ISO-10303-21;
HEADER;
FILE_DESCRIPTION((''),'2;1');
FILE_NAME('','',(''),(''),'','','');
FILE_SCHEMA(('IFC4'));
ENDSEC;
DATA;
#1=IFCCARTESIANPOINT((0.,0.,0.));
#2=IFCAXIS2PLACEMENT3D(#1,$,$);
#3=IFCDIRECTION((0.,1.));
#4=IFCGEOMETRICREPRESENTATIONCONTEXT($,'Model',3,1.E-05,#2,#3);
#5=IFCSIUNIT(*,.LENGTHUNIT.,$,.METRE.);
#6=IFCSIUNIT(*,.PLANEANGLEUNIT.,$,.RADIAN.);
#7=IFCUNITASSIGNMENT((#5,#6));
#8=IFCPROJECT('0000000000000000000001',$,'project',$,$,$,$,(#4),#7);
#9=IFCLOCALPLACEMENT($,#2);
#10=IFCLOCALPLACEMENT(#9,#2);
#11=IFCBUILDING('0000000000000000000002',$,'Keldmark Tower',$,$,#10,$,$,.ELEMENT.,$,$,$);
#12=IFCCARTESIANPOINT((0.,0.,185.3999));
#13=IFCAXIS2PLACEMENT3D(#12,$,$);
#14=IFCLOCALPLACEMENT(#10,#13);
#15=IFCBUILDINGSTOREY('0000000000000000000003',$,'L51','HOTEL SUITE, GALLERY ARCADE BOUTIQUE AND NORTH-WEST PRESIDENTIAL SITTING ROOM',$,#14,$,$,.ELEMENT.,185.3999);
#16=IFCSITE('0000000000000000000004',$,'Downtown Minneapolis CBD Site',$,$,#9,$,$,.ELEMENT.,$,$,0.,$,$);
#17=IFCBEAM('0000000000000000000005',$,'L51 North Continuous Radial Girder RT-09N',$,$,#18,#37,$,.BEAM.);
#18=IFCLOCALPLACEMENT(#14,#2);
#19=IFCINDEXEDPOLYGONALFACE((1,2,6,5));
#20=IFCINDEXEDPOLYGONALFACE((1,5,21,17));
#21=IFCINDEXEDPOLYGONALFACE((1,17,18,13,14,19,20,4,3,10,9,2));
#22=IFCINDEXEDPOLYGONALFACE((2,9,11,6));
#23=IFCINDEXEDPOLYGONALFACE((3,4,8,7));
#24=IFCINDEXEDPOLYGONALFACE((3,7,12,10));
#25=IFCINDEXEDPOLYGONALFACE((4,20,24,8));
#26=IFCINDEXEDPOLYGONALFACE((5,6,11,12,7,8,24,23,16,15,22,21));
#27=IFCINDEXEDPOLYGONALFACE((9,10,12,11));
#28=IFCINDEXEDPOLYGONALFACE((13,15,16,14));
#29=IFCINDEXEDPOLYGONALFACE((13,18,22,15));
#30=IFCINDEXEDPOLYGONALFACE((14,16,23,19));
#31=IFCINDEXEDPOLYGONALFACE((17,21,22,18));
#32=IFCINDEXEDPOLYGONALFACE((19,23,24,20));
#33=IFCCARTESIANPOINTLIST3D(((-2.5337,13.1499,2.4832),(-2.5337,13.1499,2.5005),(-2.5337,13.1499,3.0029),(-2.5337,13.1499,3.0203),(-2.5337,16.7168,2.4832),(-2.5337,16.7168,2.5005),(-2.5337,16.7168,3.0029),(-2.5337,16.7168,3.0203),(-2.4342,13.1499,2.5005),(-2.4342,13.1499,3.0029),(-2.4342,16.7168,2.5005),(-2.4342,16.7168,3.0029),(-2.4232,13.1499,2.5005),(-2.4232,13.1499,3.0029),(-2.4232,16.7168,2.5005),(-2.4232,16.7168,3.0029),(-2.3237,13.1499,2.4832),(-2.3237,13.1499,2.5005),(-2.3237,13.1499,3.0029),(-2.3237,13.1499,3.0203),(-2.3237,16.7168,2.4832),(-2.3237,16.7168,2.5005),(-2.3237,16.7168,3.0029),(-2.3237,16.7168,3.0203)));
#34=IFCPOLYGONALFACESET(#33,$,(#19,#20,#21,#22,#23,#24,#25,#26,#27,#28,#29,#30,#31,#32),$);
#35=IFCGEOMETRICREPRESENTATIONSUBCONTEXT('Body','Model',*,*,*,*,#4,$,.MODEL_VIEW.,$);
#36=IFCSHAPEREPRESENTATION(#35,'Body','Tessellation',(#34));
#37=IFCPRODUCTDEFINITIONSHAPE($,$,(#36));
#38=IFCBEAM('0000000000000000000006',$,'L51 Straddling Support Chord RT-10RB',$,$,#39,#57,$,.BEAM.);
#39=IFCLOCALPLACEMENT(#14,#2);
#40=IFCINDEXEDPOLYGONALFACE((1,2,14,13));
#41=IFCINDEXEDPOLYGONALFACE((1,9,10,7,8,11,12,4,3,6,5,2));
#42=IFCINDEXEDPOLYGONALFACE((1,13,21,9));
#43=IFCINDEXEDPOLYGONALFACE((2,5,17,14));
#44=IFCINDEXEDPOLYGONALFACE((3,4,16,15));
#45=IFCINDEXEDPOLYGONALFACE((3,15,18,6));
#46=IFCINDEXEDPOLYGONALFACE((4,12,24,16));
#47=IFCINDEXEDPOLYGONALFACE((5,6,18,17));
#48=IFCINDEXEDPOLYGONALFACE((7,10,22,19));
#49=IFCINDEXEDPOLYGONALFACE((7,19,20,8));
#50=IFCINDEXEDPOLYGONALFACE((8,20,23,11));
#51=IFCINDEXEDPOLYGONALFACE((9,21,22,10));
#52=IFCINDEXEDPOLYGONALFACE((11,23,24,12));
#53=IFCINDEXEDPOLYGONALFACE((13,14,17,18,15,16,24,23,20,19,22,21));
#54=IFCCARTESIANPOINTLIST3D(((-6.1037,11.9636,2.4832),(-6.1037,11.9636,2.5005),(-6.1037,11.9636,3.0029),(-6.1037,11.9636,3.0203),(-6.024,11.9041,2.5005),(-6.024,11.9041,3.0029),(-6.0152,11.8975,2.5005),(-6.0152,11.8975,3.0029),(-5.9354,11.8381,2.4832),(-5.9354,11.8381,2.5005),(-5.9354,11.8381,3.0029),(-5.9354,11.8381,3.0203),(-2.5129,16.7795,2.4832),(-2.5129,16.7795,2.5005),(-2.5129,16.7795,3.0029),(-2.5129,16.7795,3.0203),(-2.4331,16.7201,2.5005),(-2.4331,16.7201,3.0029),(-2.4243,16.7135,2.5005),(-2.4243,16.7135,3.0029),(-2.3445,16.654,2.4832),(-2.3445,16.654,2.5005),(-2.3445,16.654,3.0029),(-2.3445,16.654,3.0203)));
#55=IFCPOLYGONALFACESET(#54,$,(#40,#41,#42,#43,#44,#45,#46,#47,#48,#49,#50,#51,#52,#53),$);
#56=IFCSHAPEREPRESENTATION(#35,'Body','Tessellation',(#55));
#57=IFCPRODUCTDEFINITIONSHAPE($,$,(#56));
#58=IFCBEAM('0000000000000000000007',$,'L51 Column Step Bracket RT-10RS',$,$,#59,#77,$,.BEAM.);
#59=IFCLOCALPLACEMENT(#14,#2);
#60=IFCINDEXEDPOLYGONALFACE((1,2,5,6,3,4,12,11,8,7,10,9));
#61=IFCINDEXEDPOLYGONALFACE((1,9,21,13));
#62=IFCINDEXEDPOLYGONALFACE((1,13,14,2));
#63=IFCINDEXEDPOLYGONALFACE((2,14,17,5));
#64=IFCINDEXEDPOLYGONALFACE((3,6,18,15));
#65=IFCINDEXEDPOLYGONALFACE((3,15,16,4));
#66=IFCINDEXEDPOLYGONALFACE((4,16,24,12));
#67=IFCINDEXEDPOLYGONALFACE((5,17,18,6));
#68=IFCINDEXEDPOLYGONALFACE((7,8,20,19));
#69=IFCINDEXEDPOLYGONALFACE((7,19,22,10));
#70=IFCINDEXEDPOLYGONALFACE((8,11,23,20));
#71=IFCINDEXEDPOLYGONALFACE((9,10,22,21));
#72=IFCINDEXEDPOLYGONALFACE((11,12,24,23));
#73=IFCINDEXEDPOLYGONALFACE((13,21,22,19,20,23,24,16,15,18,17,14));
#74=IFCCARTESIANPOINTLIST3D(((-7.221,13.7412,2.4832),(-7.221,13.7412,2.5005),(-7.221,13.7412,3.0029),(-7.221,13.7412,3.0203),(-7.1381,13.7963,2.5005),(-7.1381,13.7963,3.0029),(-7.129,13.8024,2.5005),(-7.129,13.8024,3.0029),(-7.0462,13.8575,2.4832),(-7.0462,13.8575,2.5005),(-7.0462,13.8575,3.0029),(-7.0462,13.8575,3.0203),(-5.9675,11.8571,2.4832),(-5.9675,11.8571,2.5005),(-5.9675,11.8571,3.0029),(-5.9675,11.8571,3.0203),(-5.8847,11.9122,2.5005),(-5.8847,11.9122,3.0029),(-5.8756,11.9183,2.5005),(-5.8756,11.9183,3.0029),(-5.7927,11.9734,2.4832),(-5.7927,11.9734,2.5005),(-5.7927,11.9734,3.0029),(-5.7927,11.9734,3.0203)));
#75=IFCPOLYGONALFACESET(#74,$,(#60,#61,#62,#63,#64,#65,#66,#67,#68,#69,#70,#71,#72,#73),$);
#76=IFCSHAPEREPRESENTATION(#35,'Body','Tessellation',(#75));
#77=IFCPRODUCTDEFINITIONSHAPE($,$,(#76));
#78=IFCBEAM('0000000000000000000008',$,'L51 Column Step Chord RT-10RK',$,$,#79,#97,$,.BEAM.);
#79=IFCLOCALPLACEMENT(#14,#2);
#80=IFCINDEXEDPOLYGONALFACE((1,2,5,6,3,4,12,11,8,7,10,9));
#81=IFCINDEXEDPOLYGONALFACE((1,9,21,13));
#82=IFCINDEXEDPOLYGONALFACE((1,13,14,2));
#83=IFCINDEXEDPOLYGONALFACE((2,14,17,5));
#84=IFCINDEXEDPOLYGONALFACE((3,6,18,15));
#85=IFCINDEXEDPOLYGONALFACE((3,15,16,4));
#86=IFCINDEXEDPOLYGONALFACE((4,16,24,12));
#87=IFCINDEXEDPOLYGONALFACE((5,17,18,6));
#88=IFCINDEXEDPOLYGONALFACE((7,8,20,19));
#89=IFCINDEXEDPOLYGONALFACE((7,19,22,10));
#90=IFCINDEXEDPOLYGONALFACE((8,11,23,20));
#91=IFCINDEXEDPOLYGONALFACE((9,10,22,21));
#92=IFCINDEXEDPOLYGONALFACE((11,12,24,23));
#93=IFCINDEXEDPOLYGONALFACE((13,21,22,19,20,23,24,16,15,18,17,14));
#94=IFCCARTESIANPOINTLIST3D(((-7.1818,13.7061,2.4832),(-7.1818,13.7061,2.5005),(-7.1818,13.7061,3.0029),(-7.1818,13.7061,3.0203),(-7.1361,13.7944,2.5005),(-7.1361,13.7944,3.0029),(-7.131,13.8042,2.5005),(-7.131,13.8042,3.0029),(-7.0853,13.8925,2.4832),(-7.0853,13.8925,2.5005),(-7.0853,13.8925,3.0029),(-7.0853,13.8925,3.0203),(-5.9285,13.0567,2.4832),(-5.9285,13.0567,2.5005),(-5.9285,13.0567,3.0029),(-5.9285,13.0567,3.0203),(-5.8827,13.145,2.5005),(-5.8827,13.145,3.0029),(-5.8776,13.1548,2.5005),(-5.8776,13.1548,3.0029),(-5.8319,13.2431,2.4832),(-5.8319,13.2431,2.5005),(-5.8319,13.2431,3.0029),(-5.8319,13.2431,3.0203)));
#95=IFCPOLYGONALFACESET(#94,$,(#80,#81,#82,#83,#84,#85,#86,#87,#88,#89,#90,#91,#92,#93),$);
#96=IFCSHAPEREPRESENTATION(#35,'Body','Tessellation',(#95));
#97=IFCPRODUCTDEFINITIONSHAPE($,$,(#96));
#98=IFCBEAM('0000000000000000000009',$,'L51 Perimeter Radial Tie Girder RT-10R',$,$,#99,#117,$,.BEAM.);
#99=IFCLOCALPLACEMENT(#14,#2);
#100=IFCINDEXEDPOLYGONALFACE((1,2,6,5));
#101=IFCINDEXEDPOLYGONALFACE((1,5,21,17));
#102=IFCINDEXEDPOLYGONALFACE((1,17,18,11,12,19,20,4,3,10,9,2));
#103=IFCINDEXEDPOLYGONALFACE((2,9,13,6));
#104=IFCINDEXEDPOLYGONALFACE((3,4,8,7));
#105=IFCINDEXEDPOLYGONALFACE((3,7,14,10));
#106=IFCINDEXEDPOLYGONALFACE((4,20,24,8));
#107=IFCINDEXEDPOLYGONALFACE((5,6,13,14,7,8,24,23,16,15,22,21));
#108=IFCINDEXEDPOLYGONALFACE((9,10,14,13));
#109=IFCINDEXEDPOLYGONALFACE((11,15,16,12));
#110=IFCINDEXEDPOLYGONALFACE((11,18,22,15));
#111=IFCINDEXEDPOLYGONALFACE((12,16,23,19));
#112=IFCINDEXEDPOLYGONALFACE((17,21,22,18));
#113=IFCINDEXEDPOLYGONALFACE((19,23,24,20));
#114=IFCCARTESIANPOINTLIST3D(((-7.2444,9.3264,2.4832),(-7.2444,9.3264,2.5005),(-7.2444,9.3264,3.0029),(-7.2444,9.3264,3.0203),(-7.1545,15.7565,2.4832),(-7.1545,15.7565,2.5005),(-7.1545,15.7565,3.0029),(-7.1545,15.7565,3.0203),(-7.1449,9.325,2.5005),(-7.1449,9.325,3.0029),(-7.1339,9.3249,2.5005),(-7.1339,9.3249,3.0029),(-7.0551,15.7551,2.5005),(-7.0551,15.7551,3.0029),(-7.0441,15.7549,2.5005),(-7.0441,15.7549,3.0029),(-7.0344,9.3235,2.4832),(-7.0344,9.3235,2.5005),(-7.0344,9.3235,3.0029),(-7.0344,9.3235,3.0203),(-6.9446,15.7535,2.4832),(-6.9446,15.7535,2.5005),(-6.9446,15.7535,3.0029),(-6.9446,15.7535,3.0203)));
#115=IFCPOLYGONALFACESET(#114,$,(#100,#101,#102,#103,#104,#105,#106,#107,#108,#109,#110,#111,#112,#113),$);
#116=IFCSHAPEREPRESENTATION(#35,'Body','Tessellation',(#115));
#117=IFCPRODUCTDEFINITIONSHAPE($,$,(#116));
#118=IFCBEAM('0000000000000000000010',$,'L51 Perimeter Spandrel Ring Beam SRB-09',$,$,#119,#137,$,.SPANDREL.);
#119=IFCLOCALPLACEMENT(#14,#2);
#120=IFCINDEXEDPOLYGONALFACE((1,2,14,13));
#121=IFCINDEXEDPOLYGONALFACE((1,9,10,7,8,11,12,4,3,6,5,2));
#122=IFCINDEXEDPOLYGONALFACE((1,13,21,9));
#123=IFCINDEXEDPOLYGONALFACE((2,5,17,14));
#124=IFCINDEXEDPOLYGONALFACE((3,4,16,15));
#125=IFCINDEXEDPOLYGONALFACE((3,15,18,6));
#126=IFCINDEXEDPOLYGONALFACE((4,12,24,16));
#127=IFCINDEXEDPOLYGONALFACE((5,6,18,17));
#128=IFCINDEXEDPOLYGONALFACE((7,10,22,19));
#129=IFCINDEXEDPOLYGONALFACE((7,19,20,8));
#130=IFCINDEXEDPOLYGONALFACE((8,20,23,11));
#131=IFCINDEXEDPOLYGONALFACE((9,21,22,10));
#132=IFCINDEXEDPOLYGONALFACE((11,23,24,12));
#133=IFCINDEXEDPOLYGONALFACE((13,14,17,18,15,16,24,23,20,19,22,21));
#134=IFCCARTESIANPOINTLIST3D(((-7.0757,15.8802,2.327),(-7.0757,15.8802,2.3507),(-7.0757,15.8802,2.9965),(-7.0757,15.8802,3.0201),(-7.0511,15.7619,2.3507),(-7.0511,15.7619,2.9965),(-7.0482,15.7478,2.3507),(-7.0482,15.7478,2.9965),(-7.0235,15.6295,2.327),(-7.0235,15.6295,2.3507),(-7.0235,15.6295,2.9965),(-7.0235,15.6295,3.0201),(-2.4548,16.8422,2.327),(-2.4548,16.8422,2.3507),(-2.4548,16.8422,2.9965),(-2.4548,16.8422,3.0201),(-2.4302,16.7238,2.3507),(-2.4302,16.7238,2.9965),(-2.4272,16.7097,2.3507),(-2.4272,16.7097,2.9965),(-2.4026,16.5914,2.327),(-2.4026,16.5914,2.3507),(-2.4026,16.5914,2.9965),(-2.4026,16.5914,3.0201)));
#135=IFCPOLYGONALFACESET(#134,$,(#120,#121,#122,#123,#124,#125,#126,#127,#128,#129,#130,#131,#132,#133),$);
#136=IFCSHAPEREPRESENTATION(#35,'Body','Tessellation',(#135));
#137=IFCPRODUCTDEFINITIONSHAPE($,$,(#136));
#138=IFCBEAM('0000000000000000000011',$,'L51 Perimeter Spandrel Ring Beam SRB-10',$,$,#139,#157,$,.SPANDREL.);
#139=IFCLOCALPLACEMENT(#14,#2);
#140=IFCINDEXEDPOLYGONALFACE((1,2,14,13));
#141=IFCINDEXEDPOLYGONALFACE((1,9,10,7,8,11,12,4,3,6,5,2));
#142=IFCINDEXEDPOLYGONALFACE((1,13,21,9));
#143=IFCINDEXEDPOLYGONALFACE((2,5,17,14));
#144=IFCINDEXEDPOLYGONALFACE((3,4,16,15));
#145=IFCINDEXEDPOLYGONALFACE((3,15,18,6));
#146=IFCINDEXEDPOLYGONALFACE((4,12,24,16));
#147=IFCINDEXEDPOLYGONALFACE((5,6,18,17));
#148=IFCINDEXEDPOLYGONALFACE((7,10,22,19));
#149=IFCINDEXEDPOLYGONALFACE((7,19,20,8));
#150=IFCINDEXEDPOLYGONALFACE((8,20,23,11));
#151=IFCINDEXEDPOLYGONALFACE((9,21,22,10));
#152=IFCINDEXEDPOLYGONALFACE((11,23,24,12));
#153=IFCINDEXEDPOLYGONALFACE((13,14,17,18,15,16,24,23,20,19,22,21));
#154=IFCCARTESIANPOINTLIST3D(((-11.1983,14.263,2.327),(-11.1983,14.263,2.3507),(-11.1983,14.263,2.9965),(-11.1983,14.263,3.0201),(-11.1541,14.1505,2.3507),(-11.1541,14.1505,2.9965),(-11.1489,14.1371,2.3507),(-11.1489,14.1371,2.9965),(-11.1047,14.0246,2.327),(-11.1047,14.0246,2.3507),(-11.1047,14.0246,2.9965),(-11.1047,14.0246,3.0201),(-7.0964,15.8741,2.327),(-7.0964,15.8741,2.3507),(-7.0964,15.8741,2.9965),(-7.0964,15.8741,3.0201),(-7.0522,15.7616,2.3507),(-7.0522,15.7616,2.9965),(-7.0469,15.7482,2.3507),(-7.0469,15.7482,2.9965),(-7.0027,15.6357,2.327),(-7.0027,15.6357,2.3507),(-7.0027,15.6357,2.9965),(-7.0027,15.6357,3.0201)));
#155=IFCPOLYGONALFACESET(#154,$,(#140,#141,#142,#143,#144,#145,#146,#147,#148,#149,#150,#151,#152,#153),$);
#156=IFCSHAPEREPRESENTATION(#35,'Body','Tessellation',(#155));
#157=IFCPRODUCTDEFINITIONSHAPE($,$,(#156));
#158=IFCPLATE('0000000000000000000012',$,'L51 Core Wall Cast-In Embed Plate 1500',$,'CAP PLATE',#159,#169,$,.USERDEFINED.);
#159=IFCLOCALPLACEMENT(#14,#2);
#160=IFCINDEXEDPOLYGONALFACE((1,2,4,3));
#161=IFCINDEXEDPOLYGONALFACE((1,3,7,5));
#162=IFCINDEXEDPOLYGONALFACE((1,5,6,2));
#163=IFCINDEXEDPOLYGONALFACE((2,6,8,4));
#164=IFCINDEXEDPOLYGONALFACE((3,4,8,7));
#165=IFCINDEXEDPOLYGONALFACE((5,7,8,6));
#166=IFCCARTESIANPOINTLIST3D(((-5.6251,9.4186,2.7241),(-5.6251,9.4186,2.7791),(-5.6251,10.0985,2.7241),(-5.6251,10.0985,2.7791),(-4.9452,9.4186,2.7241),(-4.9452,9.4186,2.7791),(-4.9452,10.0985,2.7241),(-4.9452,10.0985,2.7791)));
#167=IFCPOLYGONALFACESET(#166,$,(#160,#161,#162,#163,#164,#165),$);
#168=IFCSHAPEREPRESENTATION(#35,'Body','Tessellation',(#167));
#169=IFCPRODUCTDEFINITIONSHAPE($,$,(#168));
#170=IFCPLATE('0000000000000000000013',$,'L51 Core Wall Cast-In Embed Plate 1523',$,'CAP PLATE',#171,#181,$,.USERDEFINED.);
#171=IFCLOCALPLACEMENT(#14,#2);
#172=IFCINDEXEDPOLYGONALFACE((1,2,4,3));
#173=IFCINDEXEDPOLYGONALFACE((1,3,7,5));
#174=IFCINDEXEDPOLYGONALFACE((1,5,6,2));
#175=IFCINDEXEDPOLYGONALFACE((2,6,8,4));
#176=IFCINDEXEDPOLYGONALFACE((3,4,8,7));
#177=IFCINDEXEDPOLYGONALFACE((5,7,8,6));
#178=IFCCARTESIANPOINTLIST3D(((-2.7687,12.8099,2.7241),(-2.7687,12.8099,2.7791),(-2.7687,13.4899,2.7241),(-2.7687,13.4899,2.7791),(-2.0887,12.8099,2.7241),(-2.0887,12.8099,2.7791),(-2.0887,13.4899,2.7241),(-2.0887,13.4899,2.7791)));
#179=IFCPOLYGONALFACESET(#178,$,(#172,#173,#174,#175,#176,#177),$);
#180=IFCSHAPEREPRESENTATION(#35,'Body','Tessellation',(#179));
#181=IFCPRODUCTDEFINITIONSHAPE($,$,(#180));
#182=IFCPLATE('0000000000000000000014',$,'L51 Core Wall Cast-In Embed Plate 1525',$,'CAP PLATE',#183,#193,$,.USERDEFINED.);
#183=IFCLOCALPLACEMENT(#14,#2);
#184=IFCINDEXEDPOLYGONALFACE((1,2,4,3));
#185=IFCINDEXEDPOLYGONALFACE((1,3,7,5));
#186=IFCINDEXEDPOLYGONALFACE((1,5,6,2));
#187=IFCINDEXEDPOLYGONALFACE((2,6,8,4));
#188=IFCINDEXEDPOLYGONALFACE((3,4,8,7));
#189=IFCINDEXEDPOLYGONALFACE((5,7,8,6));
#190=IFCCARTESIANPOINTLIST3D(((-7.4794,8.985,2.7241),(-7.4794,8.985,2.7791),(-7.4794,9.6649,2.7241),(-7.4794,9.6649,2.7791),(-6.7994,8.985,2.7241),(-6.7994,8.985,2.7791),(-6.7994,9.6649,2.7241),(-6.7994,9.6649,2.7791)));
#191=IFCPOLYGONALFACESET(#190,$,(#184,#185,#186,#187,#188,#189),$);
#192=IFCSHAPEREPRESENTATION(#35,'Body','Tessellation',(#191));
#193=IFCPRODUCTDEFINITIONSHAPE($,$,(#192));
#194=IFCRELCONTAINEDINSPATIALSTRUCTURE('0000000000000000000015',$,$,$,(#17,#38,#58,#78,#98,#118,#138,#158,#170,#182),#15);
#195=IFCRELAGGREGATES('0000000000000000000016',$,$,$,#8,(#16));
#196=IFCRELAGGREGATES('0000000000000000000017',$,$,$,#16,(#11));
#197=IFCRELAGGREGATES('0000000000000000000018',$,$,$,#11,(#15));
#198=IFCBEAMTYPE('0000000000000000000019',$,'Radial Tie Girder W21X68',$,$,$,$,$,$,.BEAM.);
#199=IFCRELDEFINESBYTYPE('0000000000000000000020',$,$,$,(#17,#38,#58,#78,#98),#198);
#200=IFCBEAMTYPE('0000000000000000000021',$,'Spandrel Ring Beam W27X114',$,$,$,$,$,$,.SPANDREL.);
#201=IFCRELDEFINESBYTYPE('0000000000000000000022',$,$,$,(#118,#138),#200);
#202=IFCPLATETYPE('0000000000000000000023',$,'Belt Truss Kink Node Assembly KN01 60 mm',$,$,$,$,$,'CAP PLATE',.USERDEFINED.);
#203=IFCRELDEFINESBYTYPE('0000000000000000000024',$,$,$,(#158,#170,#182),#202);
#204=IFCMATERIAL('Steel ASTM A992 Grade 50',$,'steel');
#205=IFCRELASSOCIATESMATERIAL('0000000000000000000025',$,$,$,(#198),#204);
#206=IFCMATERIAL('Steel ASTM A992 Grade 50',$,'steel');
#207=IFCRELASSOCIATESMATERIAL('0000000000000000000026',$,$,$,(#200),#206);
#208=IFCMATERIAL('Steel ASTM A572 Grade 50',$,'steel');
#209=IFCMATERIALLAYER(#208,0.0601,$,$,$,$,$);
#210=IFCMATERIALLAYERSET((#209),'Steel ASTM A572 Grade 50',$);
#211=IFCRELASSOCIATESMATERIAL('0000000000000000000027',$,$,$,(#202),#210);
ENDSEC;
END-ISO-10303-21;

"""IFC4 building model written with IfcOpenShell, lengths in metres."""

from ifc_helpers import new_model, si_unit, direction, frame, origin, origin_2d, place, context, subcontext, project, spatial, rectangle, i_section, extrude, material, layer, layer_set, material_profile, profile_set, type_object, element, save


model = new_model("IFC4")

# Units and contexts
model_context = context("Model", 3, precision=1e-05, world=origin(), true_north=direction((0.0, 1.0)))
body_context = subcontext(model_context, "Body", "Model", "MODEL_VIEW")
ifc_project = project(units=[si_unit("LENGTHUNIT", "METRE"), si_unit("PLANEANGLEUNIT", "RADIAN")], contexts=[model_context])

# Site, building, storey
site_placement = place(None, origin())
site = spatial("IfcSite", under=ifc_project, at=site_placement, Name="Downtown Minneapolis CBD Site", CompositionType="ELEMENT", RefElevation=0.0)
building_placement = place(site_placement, origin())
building = spatial("IfcBuilding", under=site, at=building_placement, Name="Keldmark Tower", CompositionType="ELEMENT")
storey_placement = place(building_placement, frame((0.0, 0.0, 185.3999)))
storey = spatial("IfcBuildingStorey", under=building, at=storey_placement, Name="L51", Description="HOTEL SUITE, GALLERY ARCADE BOUTIQUE AND NORTH-WEST PRESIDENTIAL SITTING ROOM", CompositionType="ELEMENT", Elevation=185.3999)

# Beams
ifc_material_1 = material(Name="Steel ASTM A992 Grade 50", Category="steel")
ifc_material_profile_1 = material_profile(ifc_material_1, i_section(OverallWidth=0.21, OverallDepth=0.5371, WebThickness=0.011, FlangeThickness=0.0173, at=origin_2d()), Name="W21X68")
ifc_profile_set_1 = profile_set([ifc_material_profile_1], Name="Steel ASTM A992 Grade 50")
beam_type_1 = type_object("IfcBeamType", Name="Radial Tie Girder W21X68", PredefinedType="BEAM", material=ifc_profile_set_1)
beam_1_placement = place(storey_placement, frame((-2.4287, 13.1499, 2.7517), z_axis=(0.0, 1.0, 0.0), x_axis=(-1.0, 0.0, 0.0)))
element("IfcBeam", 1, at=beam_1_placement, inside=storey, type_object=beam_type_1, Name="L51 North Continuous Radial Girder RT-09N", PredefinedType="BEAM", context=body_context, shape_type="SweptSolid", body=[
    extrude(i_section(OverallWidth=0.21, OverallDepth=0.5371, WebThickness=0.011, FlangeThickness=0.0173, at=origin_2d()), origin(), (0.0, 0.0, 1.0), 3.5669),
])
beam_2_placement = place(storey_placement, frame((-2.4287, 16.7168, 2.7517), z_axis=(-0.597748, -0.801684, 0.0), x_axis=(0.801684, -0.597748, 0.0)))
element("IfcBeam", 2, at=beam_2_placement, inside=storey, type_object=beam_type_1, Name="L51 Straddling Support Chord RT-10RB", PredefinedType="BEAM", context=body_context, shape_type="SweptSolid", body=[
    extrude(i_section(OverallWidth=0.21, OverallDepth=0.5371, WebThickness=0.011, FlangeThickness=0.0173, at=origin_2d()), origin(), (0.0, 0.0, 1.0), 6.0073),
])
beam_3_placement = place(storey_placement, frame((-5.8801, 11.9153, 2.7517), z_axis=(-0.553903, 0.832581, 0.0), x_axis=(-0.832581, -0.553903, 0.0)))
element("IfcBeam", 3, at=beam_3_placement, inside=storey, type_object=beam_type_1, Name="L51 Column Step Bracket RT-10RS", PredefinedType="BEAM", context=body_context, shape_type="SweptSolid", body=[
    extrude(i_section(OverallWidth=0.21, OverallDepth=0.5371, WebThickness=0.011, FlangeThickness=0.0173, at=origin_2d()), origin(), (0.0, 0.0, 1.0), 2.2629),
])
beam_4_placement = place(storey_placement, frame((-7.1335, 13.7993, 2.7517), z_axis=(0.887901, -0.460034, 0.0), x_axis=(0.460034, 0.887901, 0.0)))
element("IfcBeam", 4, at=beam_4_placement, inside=storey, type_object=beam_type_1, Name="L51 Column Step Chord RT-10RK", PredefinedType="BEAM", context=body_context, shape_type="SweptSolid", body=[
    extrude(i_section(OverallWidth=0.21, OverallDepth=0.5371, WebThickness=0.011, FlangeThickness=0.0173, at=origin_2d()), origin(), (0.0, 0.0, 1.0), 1.4116),
])
beam_5_placement = place(storey_placement, frame((-7.1394, 9.325, 2.7517), z_axis=(0.013971, 0.999902, 0.0), x_axis=(-0.999902, 0.013971, 0.0)))
element("IfcBeam", 5, at=beam_5_placement, inside=storey, type_object=beam_type_1, Name="L51 Perimeter Radial Tie Girder RT-10R", PredefinedType="BEAM", context=body_context, shape_type="SweptSolid", body=[
    extrude(i_section(OverallWidth=0.21, OverallDepth=0.5371, WebThickness=0.011, FlangeThickness=0.0173, at=origin_2d()), origin(), (0.0, 0.0, 1.0), 6.4307),
])
ifc_material_2 = material(Name="Steel ASTM A992 Grade 50", Category="steel")
ifc_material_profile_2 = material_profile(ifc_material_2, i_section(OverallWidth=0.2561, OverallDepth=0.6931, WebThickness=0.0144, FlangeThickness=0.0237, at=origin_2d()), Name="W27X114")
ifc_profile_set_2 = profile_set([ifc_material_profile_2], Name="Steel ASTM A992 Grade 50")
beam_type_2 = type_object("IfcBeamType", Name="Spandrel Ring Beam W27X114", PredefinedType="SPANDREL", material=ifc_profile_set_2)
beam_6_placement = place(storey_placement, frame((-2.4287, 16.7168, 2.6736), z_axis=(-0.979013, -0.203799, 0.0), x_axis=(0.203799, -0.979013, 0.0)))
element("IfcBeam", 6, at=beam_6_placement, inside=storey, type_object=beam_type_2, Name="L51 Perimeter Spandrel Ring Beam SRB-09", PredefinedType="SPANDREL", context=body_context, shape_type="SweptSolid", body=[
    extrude(i_section(OverallWidth=0.2561, OverallDepth=0.6931, WebThickness=0.0144, FlangeThickness=0.0237, at=origin_2d()), origin(), (0.0, 0.0, 1.0), 4.72),
])
beam_7_placement = place(storey_placement, frame((-7.0496, 15.7549, 2.6736), z_axis=(-0.930785, -0.365567, 0.0), x_axis=(0.365567, -0.930785, 0.0)))
element("IfcBeam", 7, at=beam_7_placement, inside=storey, type_object=beam_type_2, Name="L51 Perimeter Spandrel Ring Beam SRB-10", PredefinedType="SPANDREL", context=body_context, shape_type="SweptSolid", body=[
    extrude(i_section(OverallWidth=0.2561, OverallDepth=0.6931, WebThickness=0.0144, FlangeThickness=0.0237, at=origin_2d()), origin(), (0.0, 0.0, 1.0), 4.407),
])

# Plates
ifc_material_3 = material(Name="Steel ASTM A572 Grade 50", Category="steel")
ifc_layer_1 = layer(ifc_material_3, 0.0601)
ifc_layer_set_1 = layer_set([ifc_layer_1], Name="Steel ASTM A572 Grade 50")
plate_type_1 = type_object("IfcPlateType", Name="Belt Truss Kink Node Assembly KN01 60 mm", ElementType="CAP PLATE", PredefinedType="USERDEFINED", material=ifc_layer_set_1)
for number, where, z_axis, x_axis, name in (
    (8, (-5.2852, 9.7585, 2.7241), (0.0, 0.0, 1.0), (1.0, 0.0, 0.0), "L51 Core Wall Cast-In Embed Plate 1500"),
    (9, (-2.4287, 13.1499, 2.7241), (0.0, 0.0, 1.0), (1.0, 0.0, 0.0), "L51 Core Wall Cast-In Embed Plate 1523"),
    (10, (-7.1394, 9.325, 2.7241), (0.0, 0.0, 1.0), (1.0, 0.0, 0.0), "L51 Core Wall Cast-In Embed Plate 1525"),
):
    element("IfcPlate", number, at=place(storey_placement, frame(where, z_axis=z_axis, x_axis=x_axis)), inside=storey, type_object=plate_type_1, Name=name, ObjectType="CAP PLATE", PredefinedType="USERDEFINED", context=body_context, shape_type="SweptSolid", body=[
        extrude(rectangle(XDim=0.6799, YDim=0.6799, at=origin_2d()), origin(), (0.0, 0.0, 1.0), 0.0549),
    ])

save(model, "model.ifc")
